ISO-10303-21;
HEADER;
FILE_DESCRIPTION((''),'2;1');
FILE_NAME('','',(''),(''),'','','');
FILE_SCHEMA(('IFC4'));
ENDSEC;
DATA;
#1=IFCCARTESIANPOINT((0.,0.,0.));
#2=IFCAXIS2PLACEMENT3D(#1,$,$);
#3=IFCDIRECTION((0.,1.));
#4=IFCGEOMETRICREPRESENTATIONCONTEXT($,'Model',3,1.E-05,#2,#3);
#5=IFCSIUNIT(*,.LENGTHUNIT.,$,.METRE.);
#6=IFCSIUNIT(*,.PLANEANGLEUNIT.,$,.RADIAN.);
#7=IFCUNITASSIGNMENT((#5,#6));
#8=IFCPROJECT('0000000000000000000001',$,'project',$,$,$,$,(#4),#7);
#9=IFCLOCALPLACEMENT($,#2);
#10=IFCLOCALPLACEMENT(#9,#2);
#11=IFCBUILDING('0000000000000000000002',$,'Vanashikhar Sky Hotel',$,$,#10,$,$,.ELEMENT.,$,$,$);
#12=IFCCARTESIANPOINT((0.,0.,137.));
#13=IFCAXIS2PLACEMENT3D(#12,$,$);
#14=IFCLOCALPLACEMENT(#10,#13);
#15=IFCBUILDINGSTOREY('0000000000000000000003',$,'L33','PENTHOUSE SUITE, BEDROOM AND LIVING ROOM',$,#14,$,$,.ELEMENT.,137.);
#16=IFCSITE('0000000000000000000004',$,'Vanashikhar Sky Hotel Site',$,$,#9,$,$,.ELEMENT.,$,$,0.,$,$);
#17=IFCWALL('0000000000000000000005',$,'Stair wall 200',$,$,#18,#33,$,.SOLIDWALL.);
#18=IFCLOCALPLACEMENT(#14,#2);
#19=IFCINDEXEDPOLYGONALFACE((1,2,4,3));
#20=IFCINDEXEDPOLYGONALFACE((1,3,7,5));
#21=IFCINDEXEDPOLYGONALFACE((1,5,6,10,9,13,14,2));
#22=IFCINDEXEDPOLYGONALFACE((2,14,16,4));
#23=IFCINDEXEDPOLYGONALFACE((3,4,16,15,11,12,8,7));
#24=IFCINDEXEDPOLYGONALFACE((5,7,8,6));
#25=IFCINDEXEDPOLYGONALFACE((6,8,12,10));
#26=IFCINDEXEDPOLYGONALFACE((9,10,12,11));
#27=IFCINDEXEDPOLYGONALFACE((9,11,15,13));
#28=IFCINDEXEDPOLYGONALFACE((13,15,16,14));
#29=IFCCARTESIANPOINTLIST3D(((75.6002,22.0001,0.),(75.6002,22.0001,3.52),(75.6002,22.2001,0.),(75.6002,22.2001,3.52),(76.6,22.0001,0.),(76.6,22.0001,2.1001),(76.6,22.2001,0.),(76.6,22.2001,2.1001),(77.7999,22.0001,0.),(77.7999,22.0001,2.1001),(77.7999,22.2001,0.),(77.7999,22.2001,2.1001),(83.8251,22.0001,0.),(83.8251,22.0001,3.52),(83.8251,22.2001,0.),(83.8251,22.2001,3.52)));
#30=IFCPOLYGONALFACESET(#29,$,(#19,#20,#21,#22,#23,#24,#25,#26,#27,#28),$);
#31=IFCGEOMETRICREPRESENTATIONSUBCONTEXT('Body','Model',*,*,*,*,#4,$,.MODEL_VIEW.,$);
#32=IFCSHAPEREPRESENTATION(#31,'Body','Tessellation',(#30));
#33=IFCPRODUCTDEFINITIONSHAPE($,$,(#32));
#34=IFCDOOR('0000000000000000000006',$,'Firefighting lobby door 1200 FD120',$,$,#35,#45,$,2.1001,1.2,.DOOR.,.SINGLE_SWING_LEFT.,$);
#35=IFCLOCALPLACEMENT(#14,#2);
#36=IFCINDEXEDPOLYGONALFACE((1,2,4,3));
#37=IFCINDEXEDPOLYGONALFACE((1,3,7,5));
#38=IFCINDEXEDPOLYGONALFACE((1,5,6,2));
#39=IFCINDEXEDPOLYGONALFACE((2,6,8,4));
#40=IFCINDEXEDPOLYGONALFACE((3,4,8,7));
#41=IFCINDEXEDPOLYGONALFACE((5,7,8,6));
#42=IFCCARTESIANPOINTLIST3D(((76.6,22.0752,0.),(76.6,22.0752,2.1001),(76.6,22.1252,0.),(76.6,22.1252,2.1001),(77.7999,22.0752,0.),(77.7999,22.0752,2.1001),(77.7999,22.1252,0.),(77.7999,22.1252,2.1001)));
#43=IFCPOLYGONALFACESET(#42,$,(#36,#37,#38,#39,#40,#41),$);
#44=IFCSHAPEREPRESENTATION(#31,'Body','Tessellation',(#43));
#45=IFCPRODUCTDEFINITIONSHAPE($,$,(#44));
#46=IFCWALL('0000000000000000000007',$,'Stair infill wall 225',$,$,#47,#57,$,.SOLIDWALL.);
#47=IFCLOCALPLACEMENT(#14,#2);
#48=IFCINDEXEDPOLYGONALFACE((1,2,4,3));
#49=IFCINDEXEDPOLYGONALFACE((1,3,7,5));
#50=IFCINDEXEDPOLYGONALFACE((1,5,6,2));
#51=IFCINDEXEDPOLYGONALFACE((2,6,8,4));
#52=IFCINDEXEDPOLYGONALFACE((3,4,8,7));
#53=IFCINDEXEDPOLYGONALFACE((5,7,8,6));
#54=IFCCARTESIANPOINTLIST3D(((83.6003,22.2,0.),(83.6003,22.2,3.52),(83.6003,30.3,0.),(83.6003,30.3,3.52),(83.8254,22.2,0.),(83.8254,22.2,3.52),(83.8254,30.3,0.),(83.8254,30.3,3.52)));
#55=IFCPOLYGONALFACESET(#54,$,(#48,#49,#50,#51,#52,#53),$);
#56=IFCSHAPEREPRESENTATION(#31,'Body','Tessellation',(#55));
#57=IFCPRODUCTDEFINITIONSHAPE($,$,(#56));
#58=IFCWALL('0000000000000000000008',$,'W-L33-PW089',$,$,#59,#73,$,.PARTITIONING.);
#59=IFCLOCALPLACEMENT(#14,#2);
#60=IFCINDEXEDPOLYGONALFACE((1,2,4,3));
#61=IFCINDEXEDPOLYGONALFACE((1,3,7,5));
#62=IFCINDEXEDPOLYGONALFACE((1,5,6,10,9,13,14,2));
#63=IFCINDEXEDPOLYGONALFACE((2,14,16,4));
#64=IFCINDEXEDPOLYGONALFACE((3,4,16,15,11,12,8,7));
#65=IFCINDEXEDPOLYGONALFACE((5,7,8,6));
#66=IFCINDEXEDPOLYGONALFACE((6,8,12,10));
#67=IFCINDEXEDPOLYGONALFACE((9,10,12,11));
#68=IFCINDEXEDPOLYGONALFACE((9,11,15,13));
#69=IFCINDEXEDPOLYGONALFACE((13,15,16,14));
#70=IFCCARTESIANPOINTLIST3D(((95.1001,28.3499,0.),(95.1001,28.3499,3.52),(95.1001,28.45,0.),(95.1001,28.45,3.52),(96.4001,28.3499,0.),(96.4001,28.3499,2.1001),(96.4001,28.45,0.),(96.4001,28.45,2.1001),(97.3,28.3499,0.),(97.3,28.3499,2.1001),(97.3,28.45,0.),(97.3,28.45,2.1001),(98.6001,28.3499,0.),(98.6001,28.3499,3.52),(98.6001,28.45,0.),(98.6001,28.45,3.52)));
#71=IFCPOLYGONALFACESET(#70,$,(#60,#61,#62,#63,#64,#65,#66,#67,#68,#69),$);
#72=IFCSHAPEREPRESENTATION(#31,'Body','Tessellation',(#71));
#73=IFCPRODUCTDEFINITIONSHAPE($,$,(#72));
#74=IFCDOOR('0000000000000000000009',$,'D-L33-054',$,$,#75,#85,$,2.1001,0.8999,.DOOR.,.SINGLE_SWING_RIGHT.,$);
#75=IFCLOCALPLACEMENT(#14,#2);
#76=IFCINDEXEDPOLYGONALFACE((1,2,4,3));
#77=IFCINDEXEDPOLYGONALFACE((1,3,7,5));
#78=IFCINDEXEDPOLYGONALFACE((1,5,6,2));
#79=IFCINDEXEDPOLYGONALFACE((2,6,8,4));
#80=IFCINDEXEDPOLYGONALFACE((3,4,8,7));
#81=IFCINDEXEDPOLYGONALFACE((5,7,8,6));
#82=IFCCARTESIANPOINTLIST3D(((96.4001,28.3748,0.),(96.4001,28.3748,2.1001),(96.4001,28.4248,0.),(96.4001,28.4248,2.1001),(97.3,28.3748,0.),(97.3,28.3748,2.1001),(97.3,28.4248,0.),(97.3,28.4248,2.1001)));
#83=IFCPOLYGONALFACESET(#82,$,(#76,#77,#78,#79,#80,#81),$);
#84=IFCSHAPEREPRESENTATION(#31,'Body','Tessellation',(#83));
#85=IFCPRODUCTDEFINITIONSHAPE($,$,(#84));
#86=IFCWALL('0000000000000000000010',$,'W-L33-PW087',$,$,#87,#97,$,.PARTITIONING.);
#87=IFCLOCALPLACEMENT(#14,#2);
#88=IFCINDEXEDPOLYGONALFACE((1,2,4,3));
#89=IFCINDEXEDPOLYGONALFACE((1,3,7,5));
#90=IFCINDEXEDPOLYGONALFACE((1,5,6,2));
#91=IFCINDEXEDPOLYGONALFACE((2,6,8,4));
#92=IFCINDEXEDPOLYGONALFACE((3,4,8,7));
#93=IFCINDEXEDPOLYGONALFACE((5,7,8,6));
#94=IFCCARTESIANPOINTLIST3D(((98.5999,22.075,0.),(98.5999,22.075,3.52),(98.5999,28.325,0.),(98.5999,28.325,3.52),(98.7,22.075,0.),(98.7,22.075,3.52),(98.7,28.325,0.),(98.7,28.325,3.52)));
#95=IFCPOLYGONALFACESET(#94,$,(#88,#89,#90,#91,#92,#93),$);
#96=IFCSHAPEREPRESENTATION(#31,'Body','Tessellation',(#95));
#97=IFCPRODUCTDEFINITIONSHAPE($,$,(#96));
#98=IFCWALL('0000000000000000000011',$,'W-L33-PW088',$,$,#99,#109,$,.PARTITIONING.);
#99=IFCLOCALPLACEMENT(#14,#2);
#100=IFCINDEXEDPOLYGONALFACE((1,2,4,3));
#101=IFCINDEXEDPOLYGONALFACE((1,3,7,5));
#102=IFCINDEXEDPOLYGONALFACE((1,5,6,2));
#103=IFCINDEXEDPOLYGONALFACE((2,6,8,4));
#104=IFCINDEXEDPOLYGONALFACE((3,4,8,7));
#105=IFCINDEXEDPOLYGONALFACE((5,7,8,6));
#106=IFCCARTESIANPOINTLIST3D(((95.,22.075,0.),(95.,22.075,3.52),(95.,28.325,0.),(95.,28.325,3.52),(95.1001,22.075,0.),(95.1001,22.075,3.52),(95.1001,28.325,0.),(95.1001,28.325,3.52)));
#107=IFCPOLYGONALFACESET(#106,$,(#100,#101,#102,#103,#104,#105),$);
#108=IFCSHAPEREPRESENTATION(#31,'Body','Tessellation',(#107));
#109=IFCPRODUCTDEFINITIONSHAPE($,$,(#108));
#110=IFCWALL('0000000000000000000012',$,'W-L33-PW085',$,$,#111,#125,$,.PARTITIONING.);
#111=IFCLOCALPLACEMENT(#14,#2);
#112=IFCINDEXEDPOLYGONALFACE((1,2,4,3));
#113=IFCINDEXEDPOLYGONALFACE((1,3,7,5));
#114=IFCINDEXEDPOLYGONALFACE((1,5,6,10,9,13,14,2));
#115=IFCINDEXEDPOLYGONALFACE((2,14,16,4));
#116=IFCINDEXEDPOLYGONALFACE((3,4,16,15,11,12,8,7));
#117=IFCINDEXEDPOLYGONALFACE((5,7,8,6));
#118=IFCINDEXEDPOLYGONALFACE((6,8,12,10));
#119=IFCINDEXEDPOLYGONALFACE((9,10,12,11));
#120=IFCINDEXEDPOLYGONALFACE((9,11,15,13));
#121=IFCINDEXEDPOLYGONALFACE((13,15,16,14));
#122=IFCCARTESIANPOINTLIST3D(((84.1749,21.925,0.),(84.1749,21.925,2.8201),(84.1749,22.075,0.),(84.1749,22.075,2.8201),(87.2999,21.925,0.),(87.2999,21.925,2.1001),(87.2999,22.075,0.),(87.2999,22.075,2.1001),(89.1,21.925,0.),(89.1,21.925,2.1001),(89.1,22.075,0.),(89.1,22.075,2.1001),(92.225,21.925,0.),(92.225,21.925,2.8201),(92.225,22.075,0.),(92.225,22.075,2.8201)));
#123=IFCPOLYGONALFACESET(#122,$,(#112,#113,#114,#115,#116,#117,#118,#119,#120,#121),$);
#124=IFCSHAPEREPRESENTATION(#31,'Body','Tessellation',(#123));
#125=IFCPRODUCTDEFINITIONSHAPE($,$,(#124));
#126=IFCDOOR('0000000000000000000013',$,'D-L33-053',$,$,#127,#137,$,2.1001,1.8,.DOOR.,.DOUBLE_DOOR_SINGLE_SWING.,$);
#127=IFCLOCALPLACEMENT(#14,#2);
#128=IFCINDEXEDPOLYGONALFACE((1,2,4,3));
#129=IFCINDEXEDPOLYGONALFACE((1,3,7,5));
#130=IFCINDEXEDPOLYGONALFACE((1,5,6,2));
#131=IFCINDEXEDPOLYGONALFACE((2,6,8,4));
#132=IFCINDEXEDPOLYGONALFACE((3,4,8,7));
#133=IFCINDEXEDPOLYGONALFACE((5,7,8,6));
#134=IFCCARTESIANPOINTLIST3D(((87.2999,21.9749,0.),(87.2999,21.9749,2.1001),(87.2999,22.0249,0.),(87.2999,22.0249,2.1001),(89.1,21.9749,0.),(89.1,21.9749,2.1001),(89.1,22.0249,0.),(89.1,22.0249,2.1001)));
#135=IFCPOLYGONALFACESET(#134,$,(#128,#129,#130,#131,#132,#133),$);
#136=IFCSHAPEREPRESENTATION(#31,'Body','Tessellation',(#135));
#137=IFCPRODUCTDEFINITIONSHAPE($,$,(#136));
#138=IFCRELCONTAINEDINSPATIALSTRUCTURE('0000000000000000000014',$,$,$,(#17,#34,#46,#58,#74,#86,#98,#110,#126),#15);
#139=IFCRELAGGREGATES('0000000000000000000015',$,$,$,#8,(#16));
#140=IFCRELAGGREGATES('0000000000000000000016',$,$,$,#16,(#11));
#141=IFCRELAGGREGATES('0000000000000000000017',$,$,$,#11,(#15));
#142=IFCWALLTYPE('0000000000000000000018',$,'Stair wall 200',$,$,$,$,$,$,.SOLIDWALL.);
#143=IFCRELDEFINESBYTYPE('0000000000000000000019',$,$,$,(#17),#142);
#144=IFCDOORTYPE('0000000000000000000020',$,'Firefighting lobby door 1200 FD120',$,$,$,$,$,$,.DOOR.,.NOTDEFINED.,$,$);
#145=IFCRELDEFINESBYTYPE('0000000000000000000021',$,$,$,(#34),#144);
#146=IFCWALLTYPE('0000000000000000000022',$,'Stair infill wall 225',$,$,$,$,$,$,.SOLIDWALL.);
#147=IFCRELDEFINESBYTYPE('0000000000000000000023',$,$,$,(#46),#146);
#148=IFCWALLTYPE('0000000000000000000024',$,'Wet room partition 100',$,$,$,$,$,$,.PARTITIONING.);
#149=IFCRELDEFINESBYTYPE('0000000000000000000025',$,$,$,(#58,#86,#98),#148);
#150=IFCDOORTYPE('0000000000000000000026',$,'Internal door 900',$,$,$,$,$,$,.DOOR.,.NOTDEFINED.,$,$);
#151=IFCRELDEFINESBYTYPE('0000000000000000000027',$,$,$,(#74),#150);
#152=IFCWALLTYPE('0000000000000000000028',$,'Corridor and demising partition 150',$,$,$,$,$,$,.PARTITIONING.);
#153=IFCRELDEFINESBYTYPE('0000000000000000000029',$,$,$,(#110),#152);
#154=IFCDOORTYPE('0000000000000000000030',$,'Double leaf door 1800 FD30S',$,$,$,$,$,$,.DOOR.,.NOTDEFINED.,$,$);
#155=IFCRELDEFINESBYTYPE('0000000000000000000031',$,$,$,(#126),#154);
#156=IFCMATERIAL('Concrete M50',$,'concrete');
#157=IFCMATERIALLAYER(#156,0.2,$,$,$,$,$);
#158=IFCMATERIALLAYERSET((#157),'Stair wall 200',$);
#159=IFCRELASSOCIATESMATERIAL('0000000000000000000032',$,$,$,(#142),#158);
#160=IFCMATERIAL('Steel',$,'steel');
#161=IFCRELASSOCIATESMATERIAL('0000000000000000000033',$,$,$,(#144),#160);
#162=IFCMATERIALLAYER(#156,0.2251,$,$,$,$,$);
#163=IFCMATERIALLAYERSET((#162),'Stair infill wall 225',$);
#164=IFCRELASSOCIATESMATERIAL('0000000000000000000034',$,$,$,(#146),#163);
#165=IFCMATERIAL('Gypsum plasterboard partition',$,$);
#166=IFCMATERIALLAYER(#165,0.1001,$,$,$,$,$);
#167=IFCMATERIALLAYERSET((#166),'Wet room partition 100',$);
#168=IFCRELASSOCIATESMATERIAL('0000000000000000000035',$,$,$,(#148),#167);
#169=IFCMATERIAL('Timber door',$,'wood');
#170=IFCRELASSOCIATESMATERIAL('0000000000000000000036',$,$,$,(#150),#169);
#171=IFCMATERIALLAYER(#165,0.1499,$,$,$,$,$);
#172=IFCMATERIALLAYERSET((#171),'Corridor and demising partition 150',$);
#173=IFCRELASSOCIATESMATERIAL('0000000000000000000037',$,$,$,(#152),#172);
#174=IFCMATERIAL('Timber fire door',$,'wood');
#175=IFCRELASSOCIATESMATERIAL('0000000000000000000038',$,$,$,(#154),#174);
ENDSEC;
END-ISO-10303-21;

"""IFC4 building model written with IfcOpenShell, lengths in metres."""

from ifc_helpers import new_model, si_unit, direction, frame, frame_2d, origin, place, context, subcontext, project, spatial, rectangle, extrude, source, transform, mapped, material, layer, layer_set, type_object, element, fill, save


model = new_model("IFC4")

# Units and contexts
model_context = context("Model", 3, precision=1e-05, world=origin(), true_north=direction((0.0, 1.0)))
body_context = subcontext(model_context, "Body", "Model", "MODEL_VIEW")
ifc_project = project(units=[si_unit("LENGTHUNIT", "METRE"), si_unit("PLANEANGLEUNIT", "RADIAN")], contexts=[model_context])

# Site, building, storey
site_placement = place(None, origin())
site = spatial("IfcSite", under=ifc_project, at=site_placement, Name="Vanashikhar Sky Hotel Site", CompositionType="ELEMENT", RefElevation=0.0)
building_placement = place(site_placement, origin())
building = spatial("IfcBuilding", under=site, at=building_placement, Name="Vanashikhar Sky Hotel", CompositionType="ELEMENT")
storey_placement = place(building_placement, frame((0.0, 0.0, 137.0)))
storey = spatial("IfcBuildingStorey", under=building, at=storey_placement, Name="L33", Description="PENTHOUSE SUITE, BEDROOM AND LIVING ROOM", CompositionType="ELEMENT", Elevation=137.0)

# Shared definitions
ifc_material_1 = material(Name="Concrete M50", Category="concrete")

# Wall, opening, door
ifc_layer_1 = layer(ifc_material_1, 0.2)
ifc_layer_set_1 = layer_set([ifc_layer_1], Name="Stair wall 200")
wall_type_1 = type_object("IfcWallType", Name="Stair wall 200", PredefinedType="SOLIDWALL", material=ifc_layer_set_1)
shared_shape_1 = source(origin(), body_context, "Body", "SweptSolid", [
    extrude(rectangle(XDim=8.2249, YDim=0.2, at=frame_2d((4.1123, 0.0))), origin(), (0.0, 0.0, 1.0), 3.52),
])
wall_1_placement = place(storey_placement, frame((83.825, 22.1001, 0.0), z_axis=(0.0, 0.0, 1.0), x_axis=(-1.0, 0.0, 0.0)))
wall_1 = element("IfcWall", 1, at=wall_1_placement, inside=storey, type_object=wall_type_1, Name="Stair wall 200", PredefinedType="SOLIDWALL", context=body_context, shape_type="MappedRepresentation", body=[
    mapped(shared_shape_1, transform((0.0, 0.0, 0.0), scale=1.0)),
])
shared_shape_2 = source(origin(), body_context, "Body", "SweptSolid", [
    extrude(rectangle(XDim=1.2, YDim=2.1001, at=frame_2d((0.6001, 1.05))), frame((0.0, 0.1099, 0.0), z_axis=(0.0, -1.0, 0.0), x_axis=(1.0, 0.0, 0.0)), (0.0, 0.0, 1.0), 0.22),
])
opening_1_placement = place(wall_1_placement, frame((6.0249, 0.0, 0.0)))
opening_1 = element("IfcOpeningElement", 2, at=opening_1_placement, cuts=wall_1, PredefinedType="OPENING", context=body_context, shape_type="MappedRepresentation", body=[
    mapped(shared_shape_2, transform((0.0, 0.0, 0.0), scale=1.0)),
])
ifc_material_2 = material(Name="Steel", Category="steel")
door_type_1 = type_object("IfcDoorType", Name="Firefighting lobby door 1200 FD120", OperationType="NOTDEFINED", PredefinedType="DOOR", material=ifc_material_2)
shared_shape_3 = source(origin(), body_context, "Body", "SweptSolid", [
    extrude(rectangle(XDim=1.2, YDim=2.1001, at=frame_2d((0.6001, 1.05))), frame((0.0, 0.0249, 0.0), z_axis=(0.0, -1.0, 0.0), x_axis=(1.0, 0.0, 0.0)), (0.0, 0.0, 1.0), 0.05),
])
door_1_placement = place(opening_1_placement, origin())
door_1 = element("IfcDoor", 3, at=door_1_placement, inside=storey, type_object=door_type_1, Name="Firefighting lobby door 1200 FD120", OperationType="SINGLE_SWING_LEFT", OverallHeight=2.1001, OverallWidth=1.2, PredefinedType="DOOR", context=body_context, shape_type="MappedRepresentation", body=[
    mapped(shared_shape_3, transform((0.0, 0.0, 0.0), scale=1.0)),
])
fill(opening_1, door_1)

# Wall
ifc_layer_2 = layer(ifc_material_1, 0.2251)
ifc_layer_set_2 = layer_set([ifc_layer_2], Name="Stair infill wall 225")
wall_type_2 = type_object("IfcWallType", Name="Stair infill wall 225", PredefinedType="SOLIDWALL", material=ifc_layer_set_2)
shared_shape_4 = source(origin(), body_context, "Body", "SweptSolid", [
    extrude(rectangle(XDim=8.1001, YDim=0.2251, at=frame_2d((4.05, 0.0))), origin(), (0.0, 0.0, 1.0), 3.52),
])
wall_2_placement = place(storey_placement, frame((83.7129, 22.2, 0.0), z_axis=(0.0, 0.0, 1.0), x_axis=(0.0, 1.0, 0.0)))
element("IfcWall", 4, at=wall_2_placement, inside=storey, type_object=wall_type_2, Name="Stair infill wall 225", PredefinedType="SOLIDWALL", context=body_context, shape_type="MappedRepresentation", body=[
    mapped(shared_shape_4, transform((0.0, 0.0, 0.0), scale=1.0)),
])

# Wall, opening, door
ifc_material_3 = material(Name="Gypsum plasterboard partition")
ifc_layer_3 = layer(ifc_material_3, 0.1001)
ifc_layer_set_3 = layer_set([ifc_layer_3], Name="Wet room partition 100")
wall_type_3 = type_object("IfcWallType", Name="Wet room partition 100", PredefinedType="PARTITIONING", material=ifc_layer_set_3)
shared_shape_5 = source(origin(), body_context, "Body", "SweptSolid", [
    extrude(rectangle(XDim=3.5, YDim=0.1001, at=frame_2d((1.75, 0.0))), origin(), (0.0, 0.0, 1.0), 3.52),
])
wall_3_placement = place(storey_placement, frame((95.1001, 28.3999, 0.0), z_axis=(0.0, 0.0, 1.0), x_axis=(1.0, 0.0, 0.0)))
wall_3 = element("IfcWall", 5, at=wall_3_placement, inside=storey, type_object=wall_type_3, Name="W-L33-PW089", PredefinedType="PARTITIONING", context=body_context, shape_type="MappedRepresentation", body=[
    mapped(shared_shape_5, transform((0.0, 0.0, 0.0), scale=1.0)),
])
shared_shape_6 = source(origin(), body_context, "Body", "SweptSolid", [
    extrude(rectangle(XDim=0.8999, YDim=2.1001, at=frame_2d((0.45, 1.05))), frame((0.0, 0.0601, 0.0), z_axis=(0.0, -1.0, 0.0), x_axis=(1.0, 0.0, 0.0)), (0.0, 0.0, 1.0), 0.1201),
])
opening_2_placement = place(wall_3_placement, frame((1.3, 0.0, 0.0)))
opening_2 = element("IfcOpeningElement", 6, at=opening_2_placement, cuts=wall_3, PredefinedType="OPENING", context=body_context, shape_type="MappedRepresentation", body=[
    mapped(shared_shape_6, transform((0.0, 0.0, 0.0), scale=1.0)),
])
ifc_material_4 = material(Name="Timber door", Category="wood")
door_type_2 = type_object("IfcDoorType", Name="Internal door 900", OperationType="NOTDEFINED", PredefinedType="DOOR", material=ifc_material_4)
shared_shape_7 = source(origin(), body_context, "Body", "SweptSolid", [
    extrude(rectangle(XDim=0.8999, YDim=2.1001, at=frame_2d((0.45, 1.05))), frame((0.0, 0.0249, 0.0), z_axis=(0.0, -1.0, 0.0), x_axis=(1.0, 0.0, 0.0)), (0.0, 0.0, 1.0), 0.05),
])
door_2_placement = place(opening_2_placement, origin())
door_2 = element("IfcDoor", 7, at=door_2_placement, inside=storey, type_object=door_type_2, Name="D-L33-054", OperationType="SINGLE_SWING_RIGHT", OverallHeight=2.1001, OverallWidth=0.8999, PredefinedType="DOOR", context=body_context, shape_type="MappedRepresentation", body=[
    mapped(shared_shape_7, transform((0.0, 0.0, 0.0), scale=1.0)),
])
fill(opening_2, door_2)

# Walls
shared_shape_8 = source(origin(), body_context, "Body", "SweptSolid", [
    extrude(rectangle(XDim=6.25, YDim=0.1001, at=frame_2d((3.125, 0.0))), origin(), (0.0, 0.0, 1.0), 3.52),
])
for number, where, z_axis, x_axis, name in (
    (8, (98.6499, 22.075, 0.0), (0.0, 0.0, 1.0), (0.0, 1.0, 0.0), "W-L33-PW087"),
    (9, (95.05, 22.075, 0.0), (0.0, 0.0, 1.0), (0.0, 1.0, 0.0), "W-L33-PW088"),
):
    element("IfcWall", number, at=place(storey_placement, frame(where, z_axis=z_axis, x_axis=x_axis)), inside=storey, type_object=wall_type_3, Name=name, PredefinedType="PARTITIONING", context=body_context, shape_type="MappedRepresentation", body=[
        mapped(shared_shape_8, transform((0.0, 0.0, 0.0), scale=1.0)),
    ])

# Wall, opening, door
ifc_layer_4 = layer(ifc_material_3, 0.1499)
ifc_layer_set_4 = layer_set([ifc_layer_4], Name="Corridor and demising partition 150")
wall_type_4 = type_object("IfcWallType", Name="Corridor and demising partition 150", PredefinedType="PARTITIONING", material=ifc_layer_set_4)
shared_shape_9 = source(origin(), body_context, "Body", "SweptSolid", [
    extrude(rectangle(XDim=8.05, YDim=0.1499, at=frame_2d((4.0249, 0.0))), origin(), (0.0, 0.0, 1.0), 2.8201),
])
wall_4_placement = place(storey_placement, frame((84.175, 22.0, 0.0), z_axis=(0.0, 0.0, 1.0), x_axis=(1.0, 0.0, 0.0)))
wall_4 = element("IfcWall", 10, at=wall_4_placement, inside=storey, type_object=wall_type_4, Name="W-L33-PW085", PredefinedType="PARTITIONING", context=body_context, shape_type="MappedRepresentation", body=[
    mapped(shared_shape_9, transform((0.0, 0.0, 0.0), scale=1.0)),
])
shared_shape_10 = source(origin(), body_context, "Body", "SweptSolid", [
    extrude(rectangle(XDim=1.8, YDim=2.1001, at=frame_2d((0.8999, 1.05))), frame((0.0, 0.085, 0.0), z_axis=(0.0, -1.0, 0.0), x_axis=(1.0, 0.0, 0.0)), (0.0, 0.0, 1.0), 0.1699),
])
opening_3_placement = place(wall_4_placement, frame((3.125, 0.0, 0.0)))
opening_3 = element("IfcOpeningElement", 11, at=opening_3_placement, cuts=wall_4, PredefinedType="OPENING", context=body_context, shape_type="MappedRepresentation", body=[
    mapped(shared_shape_10, transform((0.0, 0.0, 0.0), scale=1.0)),
])
ifc_material_5 = material(Name="Timber fire door", Category="wood")
door_type_3 = type_object("IfcDoorType", Name="Double leaf door 1800 FD30S", OperationType="NOTDEFINED", PredefinedType="DOOR", material=ifc_material_5)
shared_shape_11 = source(origin(), body_context, "Body", "SweptSolid", [
    extrude(rectangle(XDim=1.8, YDim=2.1001, at=frame_2d((0.8999, 1.05))), frame((0.0, 0.0249, 0.0), z_axis=(0.0, -1.0, 0.0), x_axis=(1.0, 0.0, 0.0)), (0.0, 0.0, 1.0), 0.05),
])
door_3_placement = place(opening_3_placement, origin())
door_3 = element("IfcDoor", 12, at=door_3_placement, inside=storey, type_object=door_type_3, Name="D-L33-053", OperationType="DOUBLE_DOOR_SINGLE_SWING", OverallHeight=2.1001, OverallWidth=1.8, PredefinedType="DOOR", context=body_context, shape_type="MappedRepresentation", body=[
    mapped(shared_shape_11, transform((0.0, 0.0, 0.0), scale=1.0)),
])
fill(opening_3, door_3)

save(model, "model.ifc")
